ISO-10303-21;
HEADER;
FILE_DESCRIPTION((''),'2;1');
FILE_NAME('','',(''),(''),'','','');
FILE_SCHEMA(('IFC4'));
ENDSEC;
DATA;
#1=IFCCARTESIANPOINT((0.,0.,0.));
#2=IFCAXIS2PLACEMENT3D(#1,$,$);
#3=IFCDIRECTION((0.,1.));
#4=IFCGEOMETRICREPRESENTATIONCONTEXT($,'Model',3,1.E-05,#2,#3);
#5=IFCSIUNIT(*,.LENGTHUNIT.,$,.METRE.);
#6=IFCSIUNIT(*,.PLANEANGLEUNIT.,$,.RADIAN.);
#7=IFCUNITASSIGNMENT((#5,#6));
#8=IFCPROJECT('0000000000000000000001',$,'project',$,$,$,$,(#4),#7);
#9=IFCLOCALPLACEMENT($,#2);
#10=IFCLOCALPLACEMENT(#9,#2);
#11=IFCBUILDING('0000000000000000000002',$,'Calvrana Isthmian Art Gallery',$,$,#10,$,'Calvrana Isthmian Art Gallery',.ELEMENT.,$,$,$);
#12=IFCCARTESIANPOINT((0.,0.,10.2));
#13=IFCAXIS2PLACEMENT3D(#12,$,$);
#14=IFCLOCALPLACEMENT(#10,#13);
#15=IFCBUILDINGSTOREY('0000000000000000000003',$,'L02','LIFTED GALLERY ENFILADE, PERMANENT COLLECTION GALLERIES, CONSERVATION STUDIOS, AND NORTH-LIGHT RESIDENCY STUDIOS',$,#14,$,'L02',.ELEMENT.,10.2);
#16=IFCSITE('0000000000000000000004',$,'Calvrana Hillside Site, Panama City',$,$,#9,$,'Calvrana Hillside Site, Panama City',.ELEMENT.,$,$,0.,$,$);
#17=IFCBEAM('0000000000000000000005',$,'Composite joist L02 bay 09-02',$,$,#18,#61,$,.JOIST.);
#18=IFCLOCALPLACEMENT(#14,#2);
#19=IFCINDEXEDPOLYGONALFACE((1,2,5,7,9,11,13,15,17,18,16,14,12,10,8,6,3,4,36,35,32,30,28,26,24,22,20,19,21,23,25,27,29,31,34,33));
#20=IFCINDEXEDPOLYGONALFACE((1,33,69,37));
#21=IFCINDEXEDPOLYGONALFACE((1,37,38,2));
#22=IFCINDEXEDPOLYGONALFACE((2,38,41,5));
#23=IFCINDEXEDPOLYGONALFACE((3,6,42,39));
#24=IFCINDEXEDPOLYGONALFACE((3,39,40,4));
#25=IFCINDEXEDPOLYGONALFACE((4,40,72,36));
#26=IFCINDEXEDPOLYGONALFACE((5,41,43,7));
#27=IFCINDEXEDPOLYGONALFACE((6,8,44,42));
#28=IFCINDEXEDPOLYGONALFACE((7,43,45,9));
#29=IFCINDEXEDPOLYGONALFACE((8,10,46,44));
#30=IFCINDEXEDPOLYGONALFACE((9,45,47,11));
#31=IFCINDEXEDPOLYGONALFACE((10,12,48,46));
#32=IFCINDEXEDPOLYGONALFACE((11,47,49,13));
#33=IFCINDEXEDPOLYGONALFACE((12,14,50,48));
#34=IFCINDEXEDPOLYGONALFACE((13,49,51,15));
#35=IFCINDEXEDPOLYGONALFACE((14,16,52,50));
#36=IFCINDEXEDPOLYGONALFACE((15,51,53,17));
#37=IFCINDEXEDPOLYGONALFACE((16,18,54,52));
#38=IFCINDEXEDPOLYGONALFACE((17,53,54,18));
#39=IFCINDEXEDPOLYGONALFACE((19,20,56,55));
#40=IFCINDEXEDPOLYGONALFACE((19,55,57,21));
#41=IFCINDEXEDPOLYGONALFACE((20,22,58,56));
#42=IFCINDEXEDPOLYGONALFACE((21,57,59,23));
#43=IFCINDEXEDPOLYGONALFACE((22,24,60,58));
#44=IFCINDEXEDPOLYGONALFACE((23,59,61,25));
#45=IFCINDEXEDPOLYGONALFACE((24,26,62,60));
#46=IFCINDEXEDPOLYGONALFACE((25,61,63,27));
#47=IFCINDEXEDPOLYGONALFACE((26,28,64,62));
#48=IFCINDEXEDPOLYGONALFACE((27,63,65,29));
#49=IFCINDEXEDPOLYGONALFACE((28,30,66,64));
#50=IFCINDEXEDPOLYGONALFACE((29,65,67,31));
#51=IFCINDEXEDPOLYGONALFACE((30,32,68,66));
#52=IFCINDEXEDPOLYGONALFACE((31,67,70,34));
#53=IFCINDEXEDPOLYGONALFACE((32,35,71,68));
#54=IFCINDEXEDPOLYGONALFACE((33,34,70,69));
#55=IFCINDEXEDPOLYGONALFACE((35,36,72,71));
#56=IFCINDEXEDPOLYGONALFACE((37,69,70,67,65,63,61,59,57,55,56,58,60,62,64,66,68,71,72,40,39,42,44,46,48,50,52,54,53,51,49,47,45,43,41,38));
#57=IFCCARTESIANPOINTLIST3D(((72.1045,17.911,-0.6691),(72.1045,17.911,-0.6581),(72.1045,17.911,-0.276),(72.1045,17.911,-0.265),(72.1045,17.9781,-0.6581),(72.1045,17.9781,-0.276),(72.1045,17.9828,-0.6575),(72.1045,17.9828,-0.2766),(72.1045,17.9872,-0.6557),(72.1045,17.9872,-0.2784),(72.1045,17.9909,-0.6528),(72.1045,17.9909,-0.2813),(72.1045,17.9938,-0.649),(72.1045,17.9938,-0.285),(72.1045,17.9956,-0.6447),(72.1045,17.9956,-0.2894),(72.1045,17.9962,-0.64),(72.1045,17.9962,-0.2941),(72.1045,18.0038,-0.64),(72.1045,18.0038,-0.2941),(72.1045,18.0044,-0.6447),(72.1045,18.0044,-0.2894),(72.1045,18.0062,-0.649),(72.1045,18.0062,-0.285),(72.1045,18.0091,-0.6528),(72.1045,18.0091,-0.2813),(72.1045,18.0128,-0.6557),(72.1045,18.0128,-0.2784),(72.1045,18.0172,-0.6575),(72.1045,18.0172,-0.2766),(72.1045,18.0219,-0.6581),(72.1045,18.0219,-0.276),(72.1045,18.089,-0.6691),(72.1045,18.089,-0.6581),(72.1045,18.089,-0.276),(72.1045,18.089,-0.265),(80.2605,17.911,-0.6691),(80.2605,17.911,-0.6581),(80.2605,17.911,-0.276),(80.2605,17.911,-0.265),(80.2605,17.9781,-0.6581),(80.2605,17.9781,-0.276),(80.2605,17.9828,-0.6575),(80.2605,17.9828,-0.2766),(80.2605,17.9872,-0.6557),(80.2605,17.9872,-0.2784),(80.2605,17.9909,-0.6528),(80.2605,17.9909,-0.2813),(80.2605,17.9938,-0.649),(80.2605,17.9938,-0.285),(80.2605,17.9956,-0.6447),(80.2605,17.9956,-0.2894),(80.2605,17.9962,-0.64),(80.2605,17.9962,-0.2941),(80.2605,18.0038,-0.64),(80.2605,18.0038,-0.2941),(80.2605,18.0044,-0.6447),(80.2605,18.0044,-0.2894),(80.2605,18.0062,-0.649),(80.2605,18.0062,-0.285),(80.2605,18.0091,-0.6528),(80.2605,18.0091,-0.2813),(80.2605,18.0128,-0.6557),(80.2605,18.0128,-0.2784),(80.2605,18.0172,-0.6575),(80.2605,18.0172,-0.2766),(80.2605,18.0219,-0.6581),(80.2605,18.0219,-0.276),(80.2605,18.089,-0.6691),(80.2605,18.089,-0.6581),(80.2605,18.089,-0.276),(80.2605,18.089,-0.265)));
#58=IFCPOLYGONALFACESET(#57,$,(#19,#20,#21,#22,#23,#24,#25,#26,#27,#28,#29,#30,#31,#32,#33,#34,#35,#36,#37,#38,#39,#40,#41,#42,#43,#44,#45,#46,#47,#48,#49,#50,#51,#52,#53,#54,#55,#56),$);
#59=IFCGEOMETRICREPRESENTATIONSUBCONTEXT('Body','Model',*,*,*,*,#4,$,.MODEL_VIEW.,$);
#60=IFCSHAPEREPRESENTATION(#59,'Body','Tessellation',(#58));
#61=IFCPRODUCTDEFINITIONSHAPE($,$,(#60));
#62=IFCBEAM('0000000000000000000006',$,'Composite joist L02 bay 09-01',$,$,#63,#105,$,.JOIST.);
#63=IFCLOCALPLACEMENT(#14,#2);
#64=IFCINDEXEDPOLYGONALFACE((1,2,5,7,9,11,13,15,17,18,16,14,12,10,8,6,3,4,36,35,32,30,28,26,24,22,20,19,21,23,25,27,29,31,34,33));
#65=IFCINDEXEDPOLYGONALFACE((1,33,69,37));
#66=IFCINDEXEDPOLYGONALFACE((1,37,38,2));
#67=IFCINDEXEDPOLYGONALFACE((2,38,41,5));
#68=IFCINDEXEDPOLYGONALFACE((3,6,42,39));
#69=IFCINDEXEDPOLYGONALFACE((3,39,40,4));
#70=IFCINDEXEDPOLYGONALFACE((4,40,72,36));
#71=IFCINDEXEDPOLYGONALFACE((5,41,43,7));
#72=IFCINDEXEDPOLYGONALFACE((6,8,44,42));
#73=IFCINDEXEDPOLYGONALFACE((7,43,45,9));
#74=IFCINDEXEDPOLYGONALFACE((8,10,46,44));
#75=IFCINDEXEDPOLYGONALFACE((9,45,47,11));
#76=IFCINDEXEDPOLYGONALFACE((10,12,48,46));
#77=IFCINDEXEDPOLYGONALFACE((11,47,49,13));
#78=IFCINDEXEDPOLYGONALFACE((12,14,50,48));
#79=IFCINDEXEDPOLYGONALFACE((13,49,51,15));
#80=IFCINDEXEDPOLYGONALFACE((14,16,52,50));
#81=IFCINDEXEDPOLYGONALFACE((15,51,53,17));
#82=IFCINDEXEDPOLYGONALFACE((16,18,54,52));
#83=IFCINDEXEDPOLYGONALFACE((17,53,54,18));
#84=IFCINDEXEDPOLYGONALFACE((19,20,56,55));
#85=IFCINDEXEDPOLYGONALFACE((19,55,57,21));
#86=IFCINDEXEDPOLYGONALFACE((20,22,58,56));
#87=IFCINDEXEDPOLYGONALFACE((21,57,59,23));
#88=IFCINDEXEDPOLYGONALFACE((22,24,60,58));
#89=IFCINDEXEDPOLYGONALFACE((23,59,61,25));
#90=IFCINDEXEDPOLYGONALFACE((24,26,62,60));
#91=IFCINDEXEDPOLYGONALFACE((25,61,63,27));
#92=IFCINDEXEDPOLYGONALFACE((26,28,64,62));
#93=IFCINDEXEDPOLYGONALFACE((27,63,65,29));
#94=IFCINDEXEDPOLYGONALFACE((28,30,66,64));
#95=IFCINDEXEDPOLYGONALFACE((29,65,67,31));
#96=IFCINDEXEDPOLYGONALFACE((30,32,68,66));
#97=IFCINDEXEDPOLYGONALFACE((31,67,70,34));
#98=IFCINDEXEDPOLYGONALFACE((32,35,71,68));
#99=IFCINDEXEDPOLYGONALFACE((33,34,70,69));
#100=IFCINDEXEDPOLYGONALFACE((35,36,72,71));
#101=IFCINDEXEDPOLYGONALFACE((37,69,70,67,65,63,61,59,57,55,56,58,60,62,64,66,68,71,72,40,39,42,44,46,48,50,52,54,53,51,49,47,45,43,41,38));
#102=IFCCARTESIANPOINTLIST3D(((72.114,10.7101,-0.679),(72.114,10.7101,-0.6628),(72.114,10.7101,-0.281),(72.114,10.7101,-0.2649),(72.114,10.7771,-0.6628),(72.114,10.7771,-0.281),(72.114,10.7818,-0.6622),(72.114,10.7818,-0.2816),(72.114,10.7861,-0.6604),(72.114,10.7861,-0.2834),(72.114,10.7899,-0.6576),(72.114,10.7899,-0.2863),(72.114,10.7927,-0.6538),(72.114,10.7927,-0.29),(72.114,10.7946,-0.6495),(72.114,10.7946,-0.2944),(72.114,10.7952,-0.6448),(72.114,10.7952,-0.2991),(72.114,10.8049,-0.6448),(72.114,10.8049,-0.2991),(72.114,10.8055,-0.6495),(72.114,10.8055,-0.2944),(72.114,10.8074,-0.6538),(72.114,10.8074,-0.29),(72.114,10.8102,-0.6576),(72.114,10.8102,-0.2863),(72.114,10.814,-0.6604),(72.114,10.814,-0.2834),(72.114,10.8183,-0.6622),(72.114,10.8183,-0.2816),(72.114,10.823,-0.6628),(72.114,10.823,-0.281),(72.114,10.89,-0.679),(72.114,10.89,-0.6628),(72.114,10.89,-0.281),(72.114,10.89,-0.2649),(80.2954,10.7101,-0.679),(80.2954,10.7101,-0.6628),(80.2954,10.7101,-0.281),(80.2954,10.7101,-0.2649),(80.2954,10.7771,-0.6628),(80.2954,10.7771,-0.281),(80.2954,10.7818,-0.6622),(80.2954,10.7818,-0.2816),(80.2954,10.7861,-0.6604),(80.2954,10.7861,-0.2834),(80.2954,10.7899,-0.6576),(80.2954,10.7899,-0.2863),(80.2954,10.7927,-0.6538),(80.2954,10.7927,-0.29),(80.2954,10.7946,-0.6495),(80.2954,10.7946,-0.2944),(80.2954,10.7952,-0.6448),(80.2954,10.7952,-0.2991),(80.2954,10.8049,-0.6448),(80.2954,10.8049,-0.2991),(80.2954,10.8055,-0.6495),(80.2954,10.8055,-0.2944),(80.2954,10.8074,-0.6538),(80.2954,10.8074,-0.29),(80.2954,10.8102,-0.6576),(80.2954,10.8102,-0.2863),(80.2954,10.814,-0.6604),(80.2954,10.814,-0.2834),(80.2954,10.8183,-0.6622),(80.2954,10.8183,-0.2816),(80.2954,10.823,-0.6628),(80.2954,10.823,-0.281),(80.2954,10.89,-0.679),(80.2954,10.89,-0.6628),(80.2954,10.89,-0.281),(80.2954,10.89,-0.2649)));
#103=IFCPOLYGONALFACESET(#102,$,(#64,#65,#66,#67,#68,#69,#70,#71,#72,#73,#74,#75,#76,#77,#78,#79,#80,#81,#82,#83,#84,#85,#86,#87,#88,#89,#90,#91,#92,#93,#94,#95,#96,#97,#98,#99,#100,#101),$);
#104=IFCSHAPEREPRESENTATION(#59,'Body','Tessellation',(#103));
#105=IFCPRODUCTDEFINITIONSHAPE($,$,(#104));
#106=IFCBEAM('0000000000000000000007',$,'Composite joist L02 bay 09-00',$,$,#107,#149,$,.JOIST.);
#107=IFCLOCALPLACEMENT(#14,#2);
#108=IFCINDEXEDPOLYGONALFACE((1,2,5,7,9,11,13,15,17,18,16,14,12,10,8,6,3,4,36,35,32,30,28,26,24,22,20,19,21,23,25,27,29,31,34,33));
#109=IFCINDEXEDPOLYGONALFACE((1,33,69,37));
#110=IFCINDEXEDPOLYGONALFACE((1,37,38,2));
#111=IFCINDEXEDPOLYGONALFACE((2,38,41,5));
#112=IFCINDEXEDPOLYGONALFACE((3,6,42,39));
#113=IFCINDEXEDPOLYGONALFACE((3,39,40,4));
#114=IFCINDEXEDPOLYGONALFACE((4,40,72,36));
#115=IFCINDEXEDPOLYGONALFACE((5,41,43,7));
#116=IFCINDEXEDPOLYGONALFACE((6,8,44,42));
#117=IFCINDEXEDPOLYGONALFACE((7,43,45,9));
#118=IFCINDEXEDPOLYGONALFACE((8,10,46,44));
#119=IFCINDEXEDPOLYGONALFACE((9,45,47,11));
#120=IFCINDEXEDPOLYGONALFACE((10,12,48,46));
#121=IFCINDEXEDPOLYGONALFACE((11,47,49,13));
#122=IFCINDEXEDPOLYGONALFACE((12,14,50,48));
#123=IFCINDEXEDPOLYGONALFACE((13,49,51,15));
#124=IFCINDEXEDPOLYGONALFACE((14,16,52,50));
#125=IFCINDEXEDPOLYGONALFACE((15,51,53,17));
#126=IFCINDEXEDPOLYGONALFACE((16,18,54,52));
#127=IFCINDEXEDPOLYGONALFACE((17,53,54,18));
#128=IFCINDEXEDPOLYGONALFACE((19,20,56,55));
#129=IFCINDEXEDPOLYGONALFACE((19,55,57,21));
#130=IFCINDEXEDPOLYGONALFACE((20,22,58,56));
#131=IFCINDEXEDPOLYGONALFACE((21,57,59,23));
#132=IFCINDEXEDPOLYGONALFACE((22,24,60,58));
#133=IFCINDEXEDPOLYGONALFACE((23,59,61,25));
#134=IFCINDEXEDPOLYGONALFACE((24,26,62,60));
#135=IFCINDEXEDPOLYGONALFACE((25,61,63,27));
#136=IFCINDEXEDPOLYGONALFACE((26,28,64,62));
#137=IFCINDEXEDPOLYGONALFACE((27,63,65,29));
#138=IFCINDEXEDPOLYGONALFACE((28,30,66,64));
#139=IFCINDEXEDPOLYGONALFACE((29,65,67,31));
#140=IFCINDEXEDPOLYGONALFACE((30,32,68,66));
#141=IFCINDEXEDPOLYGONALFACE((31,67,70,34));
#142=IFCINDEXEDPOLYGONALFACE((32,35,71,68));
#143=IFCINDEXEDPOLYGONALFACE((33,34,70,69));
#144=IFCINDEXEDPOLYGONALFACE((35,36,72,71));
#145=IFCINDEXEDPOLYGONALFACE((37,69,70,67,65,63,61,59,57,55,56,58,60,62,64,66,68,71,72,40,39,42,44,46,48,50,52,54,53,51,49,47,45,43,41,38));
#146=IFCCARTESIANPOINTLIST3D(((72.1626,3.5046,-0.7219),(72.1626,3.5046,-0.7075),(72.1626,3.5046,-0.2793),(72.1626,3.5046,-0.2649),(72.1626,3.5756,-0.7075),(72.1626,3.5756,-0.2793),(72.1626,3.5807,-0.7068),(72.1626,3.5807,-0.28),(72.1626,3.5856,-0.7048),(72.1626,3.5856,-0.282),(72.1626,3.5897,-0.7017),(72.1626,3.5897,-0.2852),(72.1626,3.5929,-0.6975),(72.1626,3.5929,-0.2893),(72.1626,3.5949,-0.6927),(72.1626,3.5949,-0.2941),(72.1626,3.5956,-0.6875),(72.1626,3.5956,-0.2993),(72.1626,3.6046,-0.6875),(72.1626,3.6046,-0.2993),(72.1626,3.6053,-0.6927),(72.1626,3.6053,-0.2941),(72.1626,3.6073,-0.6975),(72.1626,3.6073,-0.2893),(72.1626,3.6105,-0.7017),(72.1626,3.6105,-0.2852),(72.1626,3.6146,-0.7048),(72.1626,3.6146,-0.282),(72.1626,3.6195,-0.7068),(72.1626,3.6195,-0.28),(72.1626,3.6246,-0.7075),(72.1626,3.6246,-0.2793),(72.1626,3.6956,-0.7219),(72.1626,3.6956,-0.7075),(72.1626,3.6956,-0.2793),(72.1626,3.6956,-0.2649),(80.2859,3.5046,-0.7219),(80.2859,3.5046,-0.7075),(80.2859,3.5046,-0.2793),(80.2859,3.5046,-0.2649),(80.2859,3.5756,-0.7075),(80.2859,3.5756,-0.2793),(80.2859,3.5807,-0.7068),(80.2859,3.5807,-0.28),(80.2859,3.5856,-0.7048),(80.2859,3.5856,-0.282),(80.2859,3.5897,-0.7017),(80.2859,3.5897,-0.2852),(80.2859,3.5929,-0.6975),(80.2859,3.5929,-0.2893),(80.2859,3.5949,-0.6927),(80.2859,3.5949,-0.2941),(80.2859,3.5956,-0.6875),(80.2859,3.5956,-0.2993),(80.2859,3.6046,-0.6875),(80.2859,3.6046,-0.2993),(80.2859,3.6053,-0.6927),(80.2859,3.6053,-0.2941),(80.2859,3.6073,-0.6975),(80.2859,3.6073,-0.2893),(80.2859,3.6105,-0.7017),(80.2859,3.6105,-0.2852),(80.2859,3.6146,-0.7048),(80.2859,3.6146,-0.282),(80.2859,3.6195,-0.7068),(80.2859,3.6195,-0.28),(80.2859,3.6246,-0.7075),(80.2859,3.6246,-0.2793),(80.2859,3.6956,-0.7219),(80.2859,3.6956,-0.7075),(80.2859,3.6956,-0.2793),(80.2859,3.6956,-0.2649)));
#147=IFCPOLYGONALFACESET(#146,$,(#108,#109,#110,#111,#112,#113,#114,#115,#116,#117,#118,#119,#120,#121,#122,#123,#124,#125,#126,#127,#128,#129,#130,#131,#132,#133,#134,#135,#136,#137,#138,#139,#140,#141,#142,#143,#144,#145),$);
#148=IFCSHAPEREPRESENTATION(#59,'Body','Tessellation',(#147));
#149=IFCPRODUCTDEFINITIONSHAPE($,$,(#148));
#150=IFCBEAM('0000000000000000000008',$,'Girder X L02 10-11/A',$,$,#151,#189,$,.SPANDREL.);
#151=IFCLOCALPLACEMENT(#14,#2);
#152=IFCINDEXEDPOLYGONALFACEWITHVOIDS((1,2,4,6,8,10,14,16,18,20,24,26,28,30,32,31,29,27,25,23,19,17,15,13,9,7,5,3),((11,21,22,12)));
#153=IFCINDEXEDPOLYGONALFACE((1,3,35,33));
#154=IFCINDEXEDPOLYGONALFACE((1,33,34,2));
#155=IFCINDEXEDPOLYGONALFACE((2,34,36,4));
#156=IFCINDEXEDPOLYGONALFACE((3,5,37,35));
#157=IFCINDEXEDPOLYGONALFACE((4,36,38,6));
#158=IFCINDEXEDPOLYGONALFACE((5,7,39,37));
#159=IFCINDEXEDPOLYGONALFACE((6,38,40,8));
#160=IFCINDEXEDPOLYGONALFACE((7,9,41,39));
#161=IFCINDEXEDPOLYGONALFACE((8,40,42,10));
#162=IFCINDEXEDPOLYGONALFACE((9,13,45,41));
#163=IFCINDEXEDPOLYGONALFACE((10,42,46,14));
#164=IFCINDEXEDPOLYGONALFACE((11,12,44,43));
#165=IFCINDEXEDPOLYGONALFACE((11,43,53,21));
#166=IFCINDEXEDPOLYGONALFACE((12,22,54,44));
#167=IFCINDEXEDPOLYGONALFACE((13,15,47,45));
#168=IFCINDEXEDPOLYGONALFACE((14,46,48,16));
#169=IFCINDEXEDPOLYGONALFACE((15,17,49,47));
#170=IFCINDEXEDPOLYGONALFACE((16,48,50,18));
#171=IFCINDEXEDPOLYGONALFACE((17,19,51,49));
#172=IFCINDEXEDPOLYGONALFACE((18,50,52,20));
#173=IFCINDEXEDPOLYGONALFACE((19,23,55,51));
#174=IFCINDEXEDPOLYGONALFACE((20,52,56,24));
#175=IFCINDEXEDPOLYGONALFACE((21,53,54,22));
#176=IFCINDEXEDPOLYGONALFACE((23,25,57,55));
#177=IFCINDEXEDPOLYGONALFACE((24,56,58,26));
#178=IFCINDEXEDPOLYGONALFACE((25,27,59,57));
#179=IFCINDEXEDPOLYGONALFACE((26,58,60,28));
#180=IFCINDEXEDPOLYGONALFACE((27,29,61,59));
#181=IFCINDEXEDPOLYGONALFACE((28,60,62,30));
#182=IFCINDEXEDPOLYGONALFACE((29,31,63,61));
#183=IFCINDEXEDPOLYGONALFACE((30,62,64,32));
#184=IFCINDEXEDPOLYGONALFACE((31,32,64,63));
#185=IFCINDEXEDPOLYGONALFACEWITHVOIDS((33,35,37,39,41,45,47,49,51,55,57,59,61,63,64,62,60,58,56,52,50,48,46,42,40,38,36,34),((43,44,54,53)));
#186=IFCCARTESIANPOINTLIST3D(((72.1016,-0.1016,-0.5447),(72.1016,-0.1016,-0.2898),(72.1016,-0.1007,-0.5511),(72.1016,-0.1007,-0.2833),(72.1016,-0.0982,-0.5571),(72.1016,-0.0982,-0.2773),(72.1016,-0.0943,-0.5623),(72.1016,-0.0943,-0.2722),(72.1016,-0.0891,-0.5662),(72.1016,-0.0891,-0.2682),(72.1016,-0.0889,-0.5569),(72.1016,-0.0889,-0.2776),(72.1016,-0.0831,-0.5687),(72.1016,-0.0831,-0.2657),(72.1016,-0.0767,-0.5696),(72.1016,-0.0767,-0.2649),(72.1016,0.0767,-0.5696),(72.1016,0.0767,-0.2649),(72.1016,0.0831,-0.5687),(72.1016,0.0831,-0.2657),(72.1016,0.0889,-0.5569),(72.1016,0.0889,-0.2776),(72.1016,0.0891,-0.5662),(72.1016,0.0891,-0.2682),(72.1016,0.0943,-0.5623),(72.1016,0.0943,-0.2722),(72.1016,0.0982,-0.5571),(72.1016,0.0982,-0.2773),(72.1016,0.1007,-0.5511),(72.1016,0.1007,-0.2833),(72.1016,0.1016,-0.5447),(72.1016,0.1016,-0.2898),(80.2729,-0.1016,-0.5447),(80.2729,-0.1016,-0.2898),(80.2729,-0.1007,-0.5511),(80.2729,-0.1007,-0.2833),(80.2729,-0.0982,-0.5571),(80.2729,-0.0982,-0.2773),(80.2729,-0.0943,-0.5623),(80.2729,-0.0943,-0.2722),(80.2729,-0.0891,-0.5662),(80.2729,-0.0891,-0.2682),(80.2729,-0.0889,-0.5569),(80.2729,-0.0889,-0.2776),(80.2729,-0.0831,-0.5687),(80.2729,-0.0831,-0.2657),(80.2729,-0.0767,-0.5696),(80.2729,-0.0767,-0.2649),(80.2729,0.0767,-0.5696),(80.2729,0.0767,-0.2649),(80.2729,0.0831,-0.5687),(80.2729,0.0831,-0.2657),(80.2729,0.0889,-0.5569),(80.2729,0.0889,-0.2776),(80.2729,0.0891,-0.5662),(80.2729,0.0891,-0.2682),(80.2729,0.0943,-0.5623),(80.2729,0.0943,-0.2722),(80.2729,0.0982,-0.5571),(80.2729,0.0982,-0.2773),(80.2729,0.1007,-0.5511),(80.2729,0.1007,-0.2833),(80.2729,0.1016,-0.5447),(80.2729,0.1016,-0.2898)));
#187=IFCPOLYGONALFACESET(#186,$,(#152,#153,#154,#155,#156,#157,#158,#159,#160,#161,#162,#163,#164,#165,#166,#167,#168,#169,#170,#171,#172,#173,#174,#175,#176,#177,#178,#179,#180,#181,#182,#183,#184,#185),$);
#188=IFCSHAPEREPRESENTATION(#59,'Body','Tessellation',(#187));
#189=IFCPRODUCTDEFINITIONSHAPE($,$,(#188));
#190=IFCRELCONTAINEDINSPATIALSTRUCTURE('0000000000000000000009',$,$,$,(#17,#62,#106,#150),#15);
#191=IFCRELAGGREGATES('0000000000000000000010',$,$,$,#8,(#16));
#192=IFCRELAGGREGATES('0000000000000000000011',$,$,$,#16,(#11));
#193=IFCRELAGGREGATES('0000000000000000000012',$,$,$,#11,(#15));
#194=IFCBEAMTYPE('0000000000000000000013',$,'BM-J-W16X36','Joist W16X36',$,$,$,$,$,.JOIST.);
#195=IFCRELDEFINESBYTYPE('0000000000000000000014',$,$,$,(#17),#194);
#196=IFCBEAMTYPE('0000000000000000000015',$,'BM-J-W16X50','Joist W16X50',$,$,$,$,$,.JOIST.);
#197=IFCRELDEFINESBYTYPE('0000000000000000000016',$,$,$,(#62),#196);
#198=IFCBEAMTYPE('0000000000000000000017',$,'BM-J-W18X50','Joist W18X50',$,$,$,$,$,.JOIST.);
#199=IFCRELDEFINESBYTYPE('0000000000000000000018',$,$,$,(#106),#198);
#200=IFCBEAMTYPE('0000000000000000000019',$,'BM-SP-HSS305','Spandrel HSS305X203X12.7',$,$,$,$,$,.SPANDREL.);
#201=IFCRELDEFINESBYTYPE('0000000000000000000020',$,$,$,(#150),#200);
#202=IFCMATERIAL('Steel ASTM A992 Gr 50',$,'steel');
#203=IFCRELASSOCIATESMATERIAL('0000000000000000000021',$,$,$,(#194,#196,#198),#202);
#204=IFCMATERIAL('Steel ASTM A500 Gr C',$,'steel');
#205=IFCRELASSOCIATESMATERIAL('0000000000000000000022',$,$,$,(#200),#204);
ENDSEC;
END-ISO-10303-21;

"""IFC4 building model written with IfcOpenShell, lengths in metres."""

from ifc_helpers import new_model, si_unit, direction, frame, origin, origin_2d, place, context, subcontext, project, spatial, hollow_rectangle, i_section, extrude, material, material_profile, profile_set, type_object, element, save


model = new_model("IFC4")

# Units and contexts
model_context = context("Model", 3, precision=1e-05, world=origin(), true_north=direction((0.0, 1.0)))
body_context = subcontext(model_context, "Body", "Model", "MODEL_VIEW")
ifc_project = project(units=[si_unit("LENGTHUNIT", "METRE"), si_unit("PLANEANGLEUNIT", "RADIAN")], contexts=[model_context])

# Site, building, storey
site_placement = place(None, origin())
site = spatial("IfcSite", under=ifc_project, at=site_placement, Name="Calvrana Hillside Site, Panama City", LongName="Calvrana Hillside Site, Panama City", CompositionType="ELEMENT", RefElevation=0.0)
building_placement = place(site_placement, origin())
building = spatial("IfcBuilding", under=site, at=building_placement, Name="Calvrana Isthmian Art Gallery", LongName="Calvrana Isthmian Art Gallery", CompositionType="ELEMENT")
storey_placement = place(building_placement, frame((0.0, 0.0, 10.2)))
storey = spatial("IfcBuildingStorey", under=building, at=storey_placement, Name="L02", Description="LIFTED GALLERY ENFILADE, PERMANENT COLLECTION GALLERIES, CONSERVATION STUDIOS, AND NORTH-LIGHT RESIDENCY STUDIOS", LongName="L02", CompositionType="ELEMENT", Elevation=10.2)

# Beams
ifc_material_1 = material(Name="Steel ASTM A992 Gr 50", Category="steel")
ifc_material_profile_1 = material_profile(ifc_material_1, i_section(OverallWidth=0.178, OverallDepth=0.4041, WebThickness=0.0076, FlangeThickness=0.011, FilletRadius=0.0181, at=origin_2d()), Name="W16X36")
ifc_profile_set_1 = profile_set([ifc_material_profile_1], Name="Steel ASTM A992 Gr 50")
beam_type_1 = type_object("IfcBeamType", Name="BM-J-W16X36", Description="Joist W16X36", PredefinedType="JOIST", material=ifc_profile_set_1)
beam_1_placement = place(storey_placement, frame((72.1045, 18.0, -0.467), z_axis=(1.0, 0.0, 0.0), x_axis=(0.0, 1.0, 0.0)))
element("IfcBeam", 1, at=beam_1_placement, inside=storey, type_object=beam_type_1, Name="Composite joist L02 bay 09-02", PredefinedType="JOIST", context=body_context, shape_type="SweptSolid", body=[
    extrude(i_section(OverallWidth=0.178, OverallDepth=0.4041, WebThickness=0.0076, FlangeThickness=0.011, FilletRadius=0.0181, at=origin_2d()), origin(), (0.0, 0.0, 1.0), 8.156),
])
ifc_material_profile_2 = material_profile(ifc_material_1, i_section(OverallWidth=0.1799, OverallDepth=0.4141, WebThickness=0.0098, FlangeThickness=0.0161, FilletRadius=0.0181, at=origin_2d()), Name="W16X50")
ifc_profile_set_2 = profile_set([ifc_material_profile_2], Name="Steel ASTM A992 Gr 50")
beam_type_2 = type_object("IfcBeamType", Name="BM-J-W16X50", Description="Joist W16X50", PredefinedType="JOIST", material=ifc_profile_set_2)
beam_2_placement = place(storey_placement, frame((72.114, 10.8, -0.4719), z_axis=(1.0, 0.0, 0.0), x_axis=(0.0, 1.0, 0.0)))
element("IfcBeam", 2, at=beam_2_placement, inside=storey, type_object=beam_type_2, Name="Composite joist L02 bay 09-01", PredefinedType="JOIST", context=body_context, shape_type="SweptSolid", body=[
    extrude(i_section(OverallWidth=0.1799, OverallDepth=0.4141, WebThickness=0.0098, FlangeThickness=0.0161, FilletRadius=0.0181, at=origin_2d()), origin(), (0.0, 0.0, 1.0), 8.1814),
])
ifc_material_profile_3 = material_profile(ifc_material_1, i_section(OverallWidth=0.1909, OverallDepth=0.457, WebThickness=0.009, FlangeThickness=0.0144, FilletRadius=0.02, at=origin_2d()), Name="W18X50")
ifc_profile_set_3 = profile_set([ifc_material_profile_3], Name="Steel ASTM A992 Gr 50")
beam_type_3 = type_object("IfcBeamType", Name="BM-J-W18X50", Description="Joist W18X50", PredefinedType="JOIST", material=ifc_profile_set_3)
beam_3_placement = place(storey_placement, frame((72.1626, 3.6001, -0.4934), z_axis=(1.0, 0.0, 0.0), x_axis=(0.0, 1.0, 0.0)))
element("IfcBeam", 3, at=beam_3_placement, inside=storey, type_object=beam_type_3, Name="Composite joist L02 bay 09-00", PredefinedType="JOIST", context=body_context, shape_type="SweptSolid", body=[
    extrude(i_section(OverallWidth=0.1909, OverallDepth=0.457, WebThickness=0.009, FlangeThickness=0.0144, FilletRadius=0.02, at=origin_2d()), origin(), (0.0, 0.0, 1.0), 8.1233),
])
ifc_material_2 = material(Name="Steel ASTM A500 Gr C", Category="steel")
ifc_material_profile_4 = material_profile(ifc_material_2, hollow_rectangle(XDim=0.2031, YDim=0.3047, WallThickness=0.0127, OuterFilletRadius=0.0249, at=origin_2d()), Name="HSS305X203X12.7")
ifc_profile_set_4 = profile_set([ifc_material_profile_4], Name="Steel ASTM A500 Gr C")
beam_type_4 = type_object("IfcBeamType", Name="BM-SP-HSS305", Description="Spandrel HSS305X203X12.7", PredefinedType="SPANDREL", material=ifc_profile_set_4)
beam_4_placement = place(storey_placement, frame((72.1016, 0.0, -0.4172), z_axis=(1.0, 0.0, 0.0), x_axis=(0.0, 1.0, 0.0)))
element("IfcBeam", 4, at=beam_4_placement, inside=storey, type_object=beam_type_4, Name="Girder X L02 10-11/A", PredefinedType="SPANDREL", context=body_context, shape_type="SweptSolid", body=[
    extrude(hollow_rectangle(XDim=0.2031, YDim=0.3047, WallThickness=0.0127, OuterFilletRadius=0.0249, at=origin_2d()), origin(), (0.0, 0.0, 1.0), 8.1714),
])

save(model, "model.ifc")
